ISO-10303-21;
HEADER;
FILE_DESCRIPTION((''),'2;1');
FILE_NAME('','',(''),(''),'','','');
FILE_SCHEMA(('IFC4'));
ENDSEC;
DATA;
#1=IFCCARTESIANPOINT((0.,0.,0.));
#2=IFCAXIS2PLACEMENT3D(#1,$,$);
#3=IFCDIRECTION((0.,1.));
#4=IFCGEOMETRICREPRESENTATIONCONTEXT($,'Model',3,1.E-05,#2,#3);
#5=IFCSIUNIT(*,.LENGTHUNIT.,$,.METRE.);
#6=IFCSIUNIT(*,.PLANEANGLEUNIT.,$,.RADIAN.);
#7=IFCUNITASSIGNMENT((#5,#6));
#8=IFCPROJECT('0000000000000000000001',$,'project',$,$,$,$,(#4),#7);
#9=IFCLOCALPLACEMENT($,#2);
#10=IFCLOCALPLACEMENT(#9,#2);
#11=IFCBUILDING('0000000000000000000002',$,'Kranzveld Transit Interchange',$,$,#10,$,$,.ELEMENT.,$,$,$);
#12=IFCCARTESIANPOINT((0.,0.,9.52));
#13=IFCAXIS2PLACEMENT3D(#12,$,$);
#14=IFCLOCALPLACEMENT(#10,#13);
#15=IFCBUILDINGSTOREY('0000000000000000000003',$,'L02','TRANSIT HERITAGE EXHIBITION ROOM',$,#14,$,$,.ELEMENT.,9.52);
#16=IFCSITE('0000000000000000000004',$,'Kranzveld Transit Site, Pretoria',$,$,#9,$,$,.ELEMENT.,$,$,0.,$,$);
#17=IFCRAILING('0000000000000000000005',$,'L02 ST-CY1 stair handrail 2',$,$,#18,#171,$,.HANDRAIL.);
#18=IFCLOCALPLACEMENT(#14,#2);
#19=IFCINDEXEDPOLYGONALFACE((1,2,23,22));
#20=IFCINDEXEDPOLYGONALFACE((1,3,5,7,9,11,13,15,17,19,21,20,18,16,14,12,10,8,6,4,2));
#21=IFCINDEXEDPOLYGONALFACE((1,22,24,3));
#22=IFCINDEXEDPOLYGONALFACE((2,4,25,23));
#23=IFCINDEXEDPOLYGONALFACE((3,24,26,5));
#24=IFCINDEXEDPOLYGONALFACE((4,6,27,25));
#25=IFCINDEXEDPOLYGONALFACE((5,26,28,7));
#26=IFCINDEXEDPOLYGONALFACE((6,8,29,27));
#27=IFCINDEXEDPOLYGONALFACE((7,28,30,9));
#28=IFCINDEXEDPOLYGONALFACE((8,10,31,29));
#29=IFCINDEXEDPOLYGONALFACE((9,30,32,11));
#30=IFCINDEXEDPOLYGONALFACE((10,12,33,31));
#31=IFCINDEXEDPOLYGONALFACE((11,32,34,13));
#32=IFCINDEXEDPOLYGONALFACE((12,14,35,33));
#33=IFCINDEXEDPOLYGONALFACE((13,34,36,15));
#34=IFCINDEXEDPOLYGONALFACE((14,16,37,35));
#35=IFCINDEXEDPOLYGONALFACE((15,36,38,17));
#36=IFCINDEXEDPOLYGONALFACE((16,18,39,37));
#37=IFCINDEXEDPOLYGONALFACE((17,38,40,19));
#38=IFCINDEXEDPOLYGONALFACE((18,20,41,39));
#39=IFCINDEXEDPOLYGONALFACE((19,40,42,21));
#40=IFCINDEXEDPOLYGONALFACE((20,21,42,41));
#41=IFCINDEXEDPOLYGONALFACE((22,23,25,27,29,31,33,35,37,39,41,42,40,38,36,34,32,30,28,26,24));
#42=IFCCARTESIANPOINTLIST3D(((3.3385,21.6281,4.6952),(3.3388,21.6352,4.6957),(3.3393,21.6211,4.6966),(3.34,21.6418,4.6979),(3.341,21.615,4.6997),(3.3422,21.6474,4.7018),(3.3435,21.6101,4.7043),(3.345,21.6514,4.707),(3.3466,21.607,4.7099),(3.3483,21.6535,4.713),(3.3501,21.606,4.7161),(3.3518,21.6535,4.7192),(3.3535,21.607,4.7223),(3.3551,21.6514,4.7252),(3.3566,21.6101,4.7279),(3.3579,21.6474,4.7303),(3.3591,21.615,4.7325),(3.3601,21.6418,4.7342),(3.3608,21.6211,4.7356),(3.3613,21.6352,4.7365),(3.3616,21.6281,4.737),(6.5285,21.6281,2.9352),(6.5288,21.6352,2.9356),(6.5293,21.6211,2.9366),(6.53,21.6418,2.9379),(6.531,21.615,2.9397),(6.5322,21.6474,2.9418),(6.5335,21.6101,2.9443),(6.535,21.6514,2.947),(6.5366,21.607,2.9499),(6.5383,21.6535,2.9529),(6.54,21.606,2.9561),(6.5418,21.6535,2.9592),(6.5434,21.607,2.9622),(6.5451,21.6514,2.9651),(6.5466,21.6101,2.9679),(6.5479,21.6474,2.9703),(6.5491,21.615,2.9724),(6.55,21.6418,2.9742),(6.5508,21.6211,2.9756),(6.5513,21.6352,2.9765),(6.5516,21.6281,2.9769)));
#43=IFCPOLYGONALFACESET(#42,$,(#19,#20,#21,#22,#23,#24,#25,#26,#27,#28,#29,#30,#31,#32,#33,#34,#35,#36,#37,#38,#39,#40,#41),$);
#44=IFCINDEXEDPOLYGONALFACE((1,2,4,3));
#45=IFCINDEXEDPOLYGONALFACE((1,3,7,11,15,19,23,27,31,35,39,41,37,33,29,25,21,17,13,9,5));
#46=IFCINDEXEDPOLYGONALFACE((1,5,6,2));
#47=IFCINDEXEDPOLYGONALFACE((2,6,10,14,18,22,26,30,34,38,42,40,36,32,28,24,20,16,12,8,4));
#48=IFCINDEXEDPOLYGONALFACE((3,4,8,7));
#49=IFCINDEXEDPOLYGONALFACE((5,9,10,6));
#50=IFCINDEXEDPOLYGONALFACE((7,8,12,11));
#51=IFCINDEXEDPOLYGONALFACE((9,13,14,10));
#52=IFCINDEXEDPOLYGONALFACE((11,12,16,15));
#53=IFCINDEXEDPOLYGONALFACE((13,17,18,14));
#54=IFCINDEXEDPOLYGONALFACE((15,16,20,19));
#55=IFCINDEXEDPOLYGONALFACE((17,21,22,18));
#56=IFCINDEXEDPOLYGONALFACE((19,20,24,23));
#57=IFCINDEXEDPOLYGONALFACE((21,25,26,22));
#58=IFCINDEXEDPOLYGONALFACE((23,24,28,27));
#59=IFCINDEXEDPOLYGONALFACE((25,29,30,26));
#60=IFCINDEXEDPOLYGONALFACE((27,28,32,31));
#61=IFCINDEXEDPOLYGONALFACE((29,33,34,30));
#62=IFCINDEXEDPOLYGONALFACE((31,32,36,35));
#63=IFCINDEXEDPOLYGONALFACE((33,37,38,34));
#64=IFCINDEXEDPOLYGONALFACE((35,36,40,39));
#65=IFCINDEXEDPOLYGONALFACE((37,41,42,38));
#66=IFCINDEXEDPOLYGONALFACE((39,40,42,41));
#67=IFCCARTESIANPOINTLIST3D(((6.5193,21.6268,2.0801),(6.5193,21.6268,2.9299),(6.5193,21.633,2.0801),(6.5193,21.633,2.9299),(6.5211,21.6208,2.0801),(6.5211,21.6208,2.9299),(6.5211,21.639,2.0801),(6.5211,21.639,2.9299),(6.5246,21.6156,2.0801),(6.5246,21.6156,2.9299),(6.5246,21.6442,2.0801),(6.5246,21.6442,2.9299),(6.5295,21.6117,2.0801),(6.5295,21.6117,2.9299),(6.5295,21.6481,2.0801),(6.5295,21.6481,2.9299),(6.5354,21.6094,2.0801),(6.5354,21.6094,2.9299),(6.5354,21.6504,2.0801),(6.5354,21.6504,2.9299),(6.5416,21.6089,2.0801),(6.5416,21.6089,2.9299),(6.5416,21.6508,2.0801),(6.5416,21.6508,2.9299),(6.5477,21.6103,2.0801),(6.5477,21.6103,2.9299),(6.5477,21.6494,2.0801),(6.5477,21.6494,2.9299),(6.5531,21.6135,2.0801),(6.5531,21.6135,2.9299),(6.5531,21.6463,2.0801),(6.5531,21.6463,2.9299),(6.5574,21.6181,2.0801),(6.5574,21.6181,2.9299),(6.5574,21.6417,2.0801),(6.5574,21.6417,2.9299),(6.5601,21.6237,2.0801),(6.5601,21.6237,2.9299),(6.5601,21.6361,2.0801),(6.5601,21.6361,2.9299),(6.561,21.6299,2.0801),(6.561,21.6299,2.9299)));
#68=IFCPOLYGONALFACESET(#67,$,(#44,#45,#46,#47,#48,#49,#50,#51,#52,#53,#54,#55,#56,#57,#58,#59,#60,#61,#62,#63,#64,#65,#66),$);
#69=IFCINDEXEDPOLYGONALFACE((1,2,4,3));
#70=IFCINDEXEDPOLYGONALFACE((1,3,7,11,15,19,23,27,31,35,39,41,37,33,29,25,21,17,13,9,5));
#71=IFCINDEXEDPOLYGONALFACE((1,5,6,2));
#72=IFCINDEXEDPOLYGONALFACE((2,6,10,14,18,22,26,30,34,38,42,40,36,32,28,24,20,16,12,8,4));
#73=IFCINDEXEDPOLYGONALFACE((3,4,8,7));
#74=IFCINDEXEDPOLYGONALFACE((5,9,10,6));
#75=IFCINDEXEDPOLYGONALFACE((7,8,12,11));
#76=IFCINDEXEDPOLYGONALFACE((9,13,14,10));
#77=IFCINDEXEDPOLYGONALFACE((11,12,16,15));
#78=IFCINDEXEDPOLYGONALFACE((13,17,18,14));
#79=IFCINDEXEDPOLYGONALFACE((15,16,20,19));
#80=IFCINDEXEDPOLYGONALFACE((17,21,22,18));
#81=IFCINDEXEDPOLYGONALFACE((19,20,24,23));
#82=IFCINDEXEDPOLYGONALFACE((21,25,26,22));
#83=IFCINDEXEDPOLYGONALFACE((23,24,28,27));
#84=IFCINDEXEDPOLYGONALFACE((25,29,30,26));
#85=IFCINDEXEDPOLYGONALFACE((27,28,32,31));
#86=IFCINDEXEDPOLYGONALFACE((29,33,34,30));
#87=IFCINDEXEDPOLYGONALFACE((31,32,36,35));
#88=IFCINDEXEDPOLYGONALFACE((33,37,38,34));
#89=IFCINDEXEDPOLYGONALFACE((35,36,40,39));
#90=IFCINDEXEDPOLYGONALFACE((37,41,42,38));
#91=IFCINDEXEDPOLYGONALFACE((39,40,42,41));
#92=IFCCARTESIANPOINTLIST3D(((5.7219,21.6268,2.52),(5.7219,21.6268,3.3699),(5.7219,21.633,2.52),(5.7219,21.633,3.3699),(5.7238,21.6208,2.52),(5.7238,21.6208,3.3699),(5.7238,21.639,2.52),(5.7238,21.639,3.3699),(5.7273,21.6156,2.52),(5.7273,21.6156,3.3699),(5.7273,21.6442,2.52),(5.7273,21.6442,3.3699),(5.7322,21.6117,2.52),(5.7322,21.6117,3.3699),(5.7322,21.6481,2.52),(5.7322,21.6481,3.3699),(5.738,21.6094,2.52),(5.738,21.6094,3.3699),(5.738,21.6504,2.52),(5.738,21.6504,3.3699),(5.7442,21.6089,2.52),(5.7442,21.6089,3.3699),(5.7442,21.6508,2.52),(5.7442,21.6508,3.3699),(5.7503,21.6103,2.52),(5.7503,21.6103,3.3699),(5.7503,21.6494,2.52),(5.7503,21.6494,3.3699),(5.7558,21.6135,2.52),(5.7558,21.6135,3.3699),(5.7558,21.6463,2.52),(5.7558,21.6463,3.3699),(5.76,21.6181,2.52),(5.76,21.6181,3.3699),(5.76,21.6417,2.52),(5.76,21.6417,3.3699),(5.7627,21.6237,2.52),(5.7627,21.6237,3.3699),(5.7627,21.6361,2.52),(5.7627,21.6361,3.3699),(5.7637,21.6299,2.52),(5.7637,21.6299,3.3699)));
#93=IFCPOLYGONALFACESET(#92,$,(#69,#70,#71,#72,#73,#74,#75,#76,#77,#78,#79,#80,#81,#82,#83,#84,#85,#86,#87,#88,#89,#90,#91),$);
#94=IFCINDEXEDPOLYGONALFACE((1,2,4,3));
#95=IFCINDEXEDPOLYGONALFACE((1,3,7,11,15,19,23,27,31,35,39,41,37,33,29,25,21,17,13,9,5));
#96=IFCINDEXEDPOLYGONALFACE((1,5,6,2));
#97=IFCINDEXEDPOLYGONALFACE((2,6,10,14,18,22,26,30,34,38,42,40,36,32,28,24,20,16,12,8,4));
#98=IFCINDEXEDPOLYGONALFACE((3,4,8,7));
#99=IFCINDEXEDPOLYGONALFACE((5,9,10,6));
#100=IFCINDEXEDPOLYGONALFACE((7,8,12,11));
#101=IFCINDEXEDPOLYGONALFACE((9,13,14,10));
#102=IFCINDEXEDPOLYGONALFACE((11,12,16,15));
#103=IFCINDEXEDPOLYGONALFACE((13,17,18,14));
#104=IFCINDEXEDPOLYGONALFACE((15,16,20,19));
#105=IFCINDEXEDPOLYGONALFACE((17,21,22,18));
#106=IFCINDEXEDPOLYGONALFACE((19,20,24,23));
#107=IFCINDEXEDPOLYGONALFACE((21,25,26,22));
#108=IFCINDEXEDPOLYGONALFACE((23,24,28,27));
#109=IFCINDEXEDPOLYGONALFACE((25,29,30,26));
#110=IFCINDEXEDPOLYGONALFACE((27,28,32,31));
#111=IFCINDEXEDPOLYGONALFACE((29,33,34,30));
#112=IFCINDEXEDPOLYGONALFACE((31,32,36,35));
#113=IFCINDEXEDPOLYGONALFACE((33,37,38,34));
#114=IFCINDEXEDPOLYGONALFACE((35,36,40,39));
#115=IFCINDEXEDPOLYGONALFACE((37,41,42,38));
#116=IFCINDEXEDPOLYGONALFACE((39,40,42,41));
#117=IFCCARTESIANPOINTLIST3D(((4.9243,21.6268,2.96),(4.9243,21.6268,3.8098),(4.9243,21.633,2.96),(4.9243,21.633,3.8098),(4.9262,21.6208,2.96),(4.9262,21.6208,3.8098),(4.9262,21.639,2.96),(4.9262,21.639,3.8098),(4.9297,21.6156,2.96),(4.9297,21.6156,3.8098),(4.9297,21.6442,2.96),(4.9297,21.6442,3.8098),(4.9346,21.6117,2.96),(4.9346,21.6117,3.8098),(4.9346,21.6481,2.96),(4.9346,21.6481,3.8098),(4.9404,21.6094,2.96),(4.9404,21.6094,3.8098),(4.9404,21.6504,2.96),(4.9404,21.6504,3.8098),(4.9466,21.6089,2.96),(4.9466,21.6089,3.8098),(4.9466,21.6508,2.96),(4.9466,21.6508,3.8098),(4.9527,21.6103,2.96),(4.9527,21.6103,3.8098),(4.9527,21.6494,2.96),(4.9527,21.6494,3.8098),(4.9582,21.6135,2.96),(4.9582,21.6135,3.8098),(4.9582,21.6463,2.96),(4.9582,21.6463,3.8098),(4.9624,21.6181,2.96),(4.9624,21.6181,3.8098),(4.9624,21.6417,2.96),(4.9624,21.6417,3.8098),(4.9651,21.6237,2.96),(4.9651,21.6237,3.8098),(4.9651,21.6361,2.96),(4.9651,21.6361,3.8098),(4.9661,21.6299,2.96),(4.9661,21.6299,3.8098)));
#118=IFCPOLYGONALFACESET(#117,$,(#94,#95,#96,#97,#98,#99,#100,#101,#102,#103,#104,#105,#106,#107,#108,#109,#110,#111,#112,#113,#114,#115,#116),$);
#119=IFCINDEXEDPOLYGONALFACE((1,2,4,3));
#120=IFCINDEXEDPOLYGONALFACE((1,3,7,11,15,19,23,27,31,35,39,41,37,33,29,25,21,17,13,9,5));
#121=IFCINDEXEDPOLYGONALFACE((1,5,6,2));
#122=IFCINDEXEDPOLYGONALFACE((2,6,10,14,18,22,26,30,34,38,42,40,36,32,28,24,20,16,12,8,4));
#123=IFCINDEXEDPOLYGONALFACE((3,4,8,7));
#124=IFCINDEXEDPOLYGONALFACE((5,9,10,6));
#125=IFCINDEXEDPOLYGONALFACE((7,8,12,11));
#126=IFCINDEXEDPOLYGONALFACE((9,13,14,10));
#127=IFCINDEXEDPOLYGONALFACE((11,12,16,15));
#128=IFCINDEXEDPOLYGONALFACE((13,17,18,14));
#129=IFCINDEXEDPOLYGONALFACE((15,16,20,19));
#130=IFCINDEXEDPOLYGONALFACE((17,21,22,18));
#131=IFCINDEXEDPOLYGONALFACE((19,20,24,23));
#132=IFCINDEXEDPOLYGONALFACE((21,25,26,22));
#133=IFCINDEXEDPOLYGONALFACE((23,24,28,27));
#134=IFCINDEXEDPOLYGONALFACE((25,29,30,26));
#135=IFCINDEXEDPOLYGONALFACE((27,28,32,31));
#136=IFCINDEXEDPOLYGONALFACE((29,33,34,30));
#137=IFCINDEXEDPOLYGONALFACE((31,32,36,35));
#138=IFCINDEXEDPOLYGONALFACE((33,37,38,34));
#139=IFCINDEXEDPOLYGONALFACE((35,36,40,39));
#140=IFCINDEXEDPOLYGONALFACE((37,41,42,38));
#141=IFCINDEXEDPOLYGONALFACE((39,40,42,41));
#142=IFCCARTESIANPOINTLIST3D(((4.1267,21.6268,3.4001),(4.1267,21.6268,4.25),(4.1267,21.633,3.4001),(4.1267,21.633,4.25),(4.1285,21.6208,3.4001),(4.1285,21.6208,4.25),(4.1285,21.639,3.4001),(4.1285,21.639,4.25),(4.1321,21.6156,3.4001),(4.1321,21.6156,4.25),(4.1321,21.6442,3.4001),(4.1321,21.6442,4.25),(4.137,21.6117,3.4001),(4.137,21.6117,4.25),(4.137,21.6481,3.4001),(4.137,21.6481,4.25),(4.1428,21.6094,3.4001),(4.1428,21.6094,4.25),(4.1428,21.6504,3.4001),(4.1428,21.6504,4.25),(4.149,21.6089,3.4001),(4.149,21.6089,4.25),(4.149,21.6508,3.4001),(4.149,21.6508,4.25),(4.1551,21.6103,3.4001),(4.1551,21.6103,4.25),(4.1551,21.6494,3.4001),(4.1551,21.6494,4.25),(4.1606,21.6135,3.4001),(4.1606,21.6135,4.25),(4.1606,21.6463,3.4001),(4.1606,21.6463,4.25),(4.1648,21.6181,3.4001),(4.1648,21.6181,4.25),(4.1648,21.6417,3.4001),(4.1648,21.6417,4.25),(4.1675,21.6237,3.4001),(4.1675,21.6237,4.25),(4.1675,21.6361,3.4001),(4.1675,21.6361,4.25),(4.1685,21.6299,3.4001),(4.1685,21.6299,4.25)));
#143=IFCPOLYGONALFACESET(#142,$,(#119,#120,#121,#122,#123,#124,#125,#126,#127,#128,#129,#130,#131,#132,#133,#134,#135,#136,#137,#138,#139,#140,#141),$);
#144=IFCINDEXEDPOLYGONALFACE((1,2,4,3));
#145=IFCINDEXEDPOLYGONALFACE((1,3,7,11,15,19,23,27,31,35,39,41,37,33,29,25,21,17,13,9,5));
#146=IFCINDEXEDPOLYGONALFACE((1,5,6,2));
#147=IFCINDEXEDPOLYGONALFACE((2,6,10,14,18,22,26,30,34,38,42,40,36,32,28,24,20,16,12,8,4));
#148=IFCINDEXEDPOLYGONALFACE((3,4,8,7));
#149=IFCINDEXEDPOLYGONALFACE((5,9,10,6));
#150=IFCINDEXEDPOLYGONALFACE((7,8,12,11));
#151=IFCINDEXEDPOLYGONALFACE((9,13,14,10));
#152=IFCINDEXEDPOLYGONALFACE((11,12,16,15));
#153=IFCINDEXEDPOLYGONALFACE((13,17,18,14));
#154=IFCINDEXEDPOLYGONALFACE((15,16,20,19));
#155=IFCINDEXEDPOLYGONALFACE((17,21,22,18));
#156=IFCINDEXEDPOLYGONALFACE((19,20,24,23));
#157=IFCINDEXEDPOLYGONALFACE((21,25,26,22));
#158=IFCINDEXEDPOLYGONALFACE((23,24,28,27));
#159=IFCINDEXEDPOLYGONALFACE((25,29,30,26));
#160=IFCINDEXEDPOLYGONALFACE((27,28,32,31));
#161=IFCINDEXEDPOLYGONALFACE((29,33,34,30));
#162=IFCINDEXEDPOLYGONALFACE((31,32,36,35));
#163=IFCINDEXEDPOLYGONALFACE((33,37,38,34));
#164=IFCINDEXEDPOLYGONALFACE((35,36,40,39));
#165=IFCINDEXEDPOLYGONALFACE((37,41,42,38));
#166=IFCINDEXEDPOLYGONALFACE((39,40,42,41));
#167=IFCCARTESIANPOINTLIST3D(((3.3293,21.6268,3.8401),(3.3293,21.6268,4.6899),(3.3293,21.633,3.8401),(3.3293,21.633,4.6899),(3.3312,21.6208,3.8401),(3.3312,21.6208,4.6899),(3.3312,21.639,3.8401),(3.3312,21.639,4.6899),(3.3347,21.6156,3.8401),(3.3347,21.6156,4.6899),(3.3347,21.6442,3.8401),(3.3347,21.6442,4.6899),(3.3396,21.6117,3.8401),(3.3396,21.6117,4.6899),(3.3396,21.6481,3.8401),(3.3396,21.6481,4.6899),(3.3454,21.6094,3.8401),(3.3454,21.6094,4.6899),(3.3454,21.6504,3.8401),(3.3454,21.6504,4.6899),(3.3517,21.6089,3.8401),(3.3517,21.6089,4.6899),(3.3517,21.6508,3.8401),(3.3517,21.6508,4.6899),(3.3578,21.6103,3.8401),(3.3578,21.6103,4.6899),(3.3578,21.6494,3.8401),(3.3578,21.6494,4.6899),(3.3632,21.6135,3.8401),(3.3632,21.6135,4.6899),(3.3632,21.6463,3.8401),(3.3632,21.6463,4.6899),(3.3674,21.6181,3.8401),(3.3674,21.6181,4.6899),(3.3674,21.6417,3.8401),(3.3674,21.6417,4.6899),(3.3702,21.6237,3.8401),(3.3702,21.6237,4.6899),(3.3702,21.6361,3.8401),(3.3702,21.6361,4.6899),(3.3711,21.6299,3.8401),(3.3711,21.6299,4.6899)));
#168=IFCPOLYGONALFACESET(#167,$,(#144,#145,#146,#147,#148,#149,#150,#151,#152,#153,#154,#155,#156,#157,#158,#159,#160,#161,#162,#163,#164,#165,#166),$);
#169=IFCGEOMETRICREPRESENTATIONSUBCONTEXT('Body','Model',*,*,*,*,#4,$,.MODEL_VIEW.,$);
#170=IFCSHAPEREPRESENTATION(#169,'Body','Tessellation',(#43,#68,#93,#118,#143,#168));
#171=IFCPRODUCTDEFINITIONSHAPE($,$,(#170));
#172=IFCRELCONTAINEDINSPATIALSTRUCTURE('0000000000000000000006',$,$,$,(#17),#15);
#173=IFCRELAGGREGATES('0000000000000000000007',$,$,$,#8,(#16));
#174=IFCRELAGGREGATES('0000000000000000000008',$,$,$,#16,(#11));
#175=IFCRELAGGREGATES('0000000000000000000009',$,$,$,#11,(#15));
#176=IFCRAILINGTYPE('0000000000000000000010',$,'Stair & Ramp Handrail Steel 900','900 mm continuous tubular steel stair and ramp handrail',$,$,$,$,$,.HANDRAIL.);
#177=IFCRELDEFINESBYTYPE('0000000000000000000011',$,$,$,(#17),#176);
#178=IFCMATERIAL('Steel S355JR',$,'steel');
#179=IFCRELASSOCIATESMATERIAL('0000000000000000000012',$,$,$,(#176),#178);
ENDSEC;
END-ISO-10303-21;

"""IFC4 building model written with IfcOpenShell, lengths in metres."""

from ifc_helpers import new_model, si_unit, direction, frame, origin, origin_2d, place, context, subcontext, project, spatial, circle, extrude, material, type_object, element, save


model = new_model("IFC4")

# Units and contexts
model_context = context("Model", 3, precision=1e-05, world=origin(), true_north=direction((0.0, 1.0)))
body_context = subcontext(model_context, "Body", "Model", "MODEL_VIEW")
ifc_project = project(units=[si_unit("LENGTHUNIT", "METRE"), si_unit("PLANEANGLEUNIT", "RADIAN")], contexts=[model_context])

# Site, building, storey
site_placement = place(None, origin())
site = spatial("IfcSite", under=ifc_project, at=site_placement, Name="Kranzveld Transit Site, Pretoria", CompositionType="ELEMENT", RefElevation=0.0)
building_placement = place(site_placement, origin())
building = spatial("IfcBuilding", under=site, at=building_placement, Name="Kranzveld Transit Interchange", CompositionType="ELEMENT")
storey_placement = place(building_placement, frame((0.0, 0.0, 9.52)))
storey = spatial("IfcBuildingStorey", under=building, at=storey_placement, Name="L02", Description="TRANSIT HERITAGE EXHIBITION ROOM", CompositionType="ELEMENT", Elevation=9.52)

# Railing
ifc_material_1 = material(Name="Steel S355JR", Category="steel")
railing_type_1 = type_object("IfcRailingType", Name="Stair & Ramp Handrail Steel 900", Description="900 mm continuous tubular steel stair and ramp handrail", PredefinedType="HANDRAIL", material=ifc_material_1)
railing_1_placement = place(storey_placement, frame((6.54, 21.6299, 2.0801)))
element("IfcRailing", 1, at=railing_1_placement, inside=storey, type_object=railing_type_1, Name="L02 ST-CY1 stair handrail 2", PredefinedType="HANDRAIL", context=body_context, shape_type="SweptSolid", body=[
    extrude(circle(Radius=0.0239, at=origin_2d()), frame((0.0, 0.0, 0.876), z_axis=(-0.875573, 0.0, 0.483086), x_axis=(0.0, -1.0, 0.0)), (0.0, 0.0, 1.0), 3.6433),
    extrude(circle(Radius=0.021, at=origin_2d()), origin(), (0.0, 0.0, 1.0), 0.8499),
    extrude(circle(Radius=0.021, at=origin_2d()), frame((-0.7974, 0.0, 0.4399)), (0.0, 0.0, 1.0), 0.8499),
    extrude(circle(Radius=0.021, at=origin_2d()), frame((-1.595, 0.0, 0.8799)), (0.0, 0.0, 1.0), 0.8499),
    extrude(circle(Radius=0.021, at=origin_2d()), frame((-2.3926, 0.0, 1.3201)), (0.0, 0.0, 1.0), 0.8499),
    extrude(circle(Radius=0.021, at=origin_2d()), frame((-3.1899, 0.0, 1.76)), (0.0, 0.0, 1.0), 0.8499),
])

save(model, "model.ifc")
